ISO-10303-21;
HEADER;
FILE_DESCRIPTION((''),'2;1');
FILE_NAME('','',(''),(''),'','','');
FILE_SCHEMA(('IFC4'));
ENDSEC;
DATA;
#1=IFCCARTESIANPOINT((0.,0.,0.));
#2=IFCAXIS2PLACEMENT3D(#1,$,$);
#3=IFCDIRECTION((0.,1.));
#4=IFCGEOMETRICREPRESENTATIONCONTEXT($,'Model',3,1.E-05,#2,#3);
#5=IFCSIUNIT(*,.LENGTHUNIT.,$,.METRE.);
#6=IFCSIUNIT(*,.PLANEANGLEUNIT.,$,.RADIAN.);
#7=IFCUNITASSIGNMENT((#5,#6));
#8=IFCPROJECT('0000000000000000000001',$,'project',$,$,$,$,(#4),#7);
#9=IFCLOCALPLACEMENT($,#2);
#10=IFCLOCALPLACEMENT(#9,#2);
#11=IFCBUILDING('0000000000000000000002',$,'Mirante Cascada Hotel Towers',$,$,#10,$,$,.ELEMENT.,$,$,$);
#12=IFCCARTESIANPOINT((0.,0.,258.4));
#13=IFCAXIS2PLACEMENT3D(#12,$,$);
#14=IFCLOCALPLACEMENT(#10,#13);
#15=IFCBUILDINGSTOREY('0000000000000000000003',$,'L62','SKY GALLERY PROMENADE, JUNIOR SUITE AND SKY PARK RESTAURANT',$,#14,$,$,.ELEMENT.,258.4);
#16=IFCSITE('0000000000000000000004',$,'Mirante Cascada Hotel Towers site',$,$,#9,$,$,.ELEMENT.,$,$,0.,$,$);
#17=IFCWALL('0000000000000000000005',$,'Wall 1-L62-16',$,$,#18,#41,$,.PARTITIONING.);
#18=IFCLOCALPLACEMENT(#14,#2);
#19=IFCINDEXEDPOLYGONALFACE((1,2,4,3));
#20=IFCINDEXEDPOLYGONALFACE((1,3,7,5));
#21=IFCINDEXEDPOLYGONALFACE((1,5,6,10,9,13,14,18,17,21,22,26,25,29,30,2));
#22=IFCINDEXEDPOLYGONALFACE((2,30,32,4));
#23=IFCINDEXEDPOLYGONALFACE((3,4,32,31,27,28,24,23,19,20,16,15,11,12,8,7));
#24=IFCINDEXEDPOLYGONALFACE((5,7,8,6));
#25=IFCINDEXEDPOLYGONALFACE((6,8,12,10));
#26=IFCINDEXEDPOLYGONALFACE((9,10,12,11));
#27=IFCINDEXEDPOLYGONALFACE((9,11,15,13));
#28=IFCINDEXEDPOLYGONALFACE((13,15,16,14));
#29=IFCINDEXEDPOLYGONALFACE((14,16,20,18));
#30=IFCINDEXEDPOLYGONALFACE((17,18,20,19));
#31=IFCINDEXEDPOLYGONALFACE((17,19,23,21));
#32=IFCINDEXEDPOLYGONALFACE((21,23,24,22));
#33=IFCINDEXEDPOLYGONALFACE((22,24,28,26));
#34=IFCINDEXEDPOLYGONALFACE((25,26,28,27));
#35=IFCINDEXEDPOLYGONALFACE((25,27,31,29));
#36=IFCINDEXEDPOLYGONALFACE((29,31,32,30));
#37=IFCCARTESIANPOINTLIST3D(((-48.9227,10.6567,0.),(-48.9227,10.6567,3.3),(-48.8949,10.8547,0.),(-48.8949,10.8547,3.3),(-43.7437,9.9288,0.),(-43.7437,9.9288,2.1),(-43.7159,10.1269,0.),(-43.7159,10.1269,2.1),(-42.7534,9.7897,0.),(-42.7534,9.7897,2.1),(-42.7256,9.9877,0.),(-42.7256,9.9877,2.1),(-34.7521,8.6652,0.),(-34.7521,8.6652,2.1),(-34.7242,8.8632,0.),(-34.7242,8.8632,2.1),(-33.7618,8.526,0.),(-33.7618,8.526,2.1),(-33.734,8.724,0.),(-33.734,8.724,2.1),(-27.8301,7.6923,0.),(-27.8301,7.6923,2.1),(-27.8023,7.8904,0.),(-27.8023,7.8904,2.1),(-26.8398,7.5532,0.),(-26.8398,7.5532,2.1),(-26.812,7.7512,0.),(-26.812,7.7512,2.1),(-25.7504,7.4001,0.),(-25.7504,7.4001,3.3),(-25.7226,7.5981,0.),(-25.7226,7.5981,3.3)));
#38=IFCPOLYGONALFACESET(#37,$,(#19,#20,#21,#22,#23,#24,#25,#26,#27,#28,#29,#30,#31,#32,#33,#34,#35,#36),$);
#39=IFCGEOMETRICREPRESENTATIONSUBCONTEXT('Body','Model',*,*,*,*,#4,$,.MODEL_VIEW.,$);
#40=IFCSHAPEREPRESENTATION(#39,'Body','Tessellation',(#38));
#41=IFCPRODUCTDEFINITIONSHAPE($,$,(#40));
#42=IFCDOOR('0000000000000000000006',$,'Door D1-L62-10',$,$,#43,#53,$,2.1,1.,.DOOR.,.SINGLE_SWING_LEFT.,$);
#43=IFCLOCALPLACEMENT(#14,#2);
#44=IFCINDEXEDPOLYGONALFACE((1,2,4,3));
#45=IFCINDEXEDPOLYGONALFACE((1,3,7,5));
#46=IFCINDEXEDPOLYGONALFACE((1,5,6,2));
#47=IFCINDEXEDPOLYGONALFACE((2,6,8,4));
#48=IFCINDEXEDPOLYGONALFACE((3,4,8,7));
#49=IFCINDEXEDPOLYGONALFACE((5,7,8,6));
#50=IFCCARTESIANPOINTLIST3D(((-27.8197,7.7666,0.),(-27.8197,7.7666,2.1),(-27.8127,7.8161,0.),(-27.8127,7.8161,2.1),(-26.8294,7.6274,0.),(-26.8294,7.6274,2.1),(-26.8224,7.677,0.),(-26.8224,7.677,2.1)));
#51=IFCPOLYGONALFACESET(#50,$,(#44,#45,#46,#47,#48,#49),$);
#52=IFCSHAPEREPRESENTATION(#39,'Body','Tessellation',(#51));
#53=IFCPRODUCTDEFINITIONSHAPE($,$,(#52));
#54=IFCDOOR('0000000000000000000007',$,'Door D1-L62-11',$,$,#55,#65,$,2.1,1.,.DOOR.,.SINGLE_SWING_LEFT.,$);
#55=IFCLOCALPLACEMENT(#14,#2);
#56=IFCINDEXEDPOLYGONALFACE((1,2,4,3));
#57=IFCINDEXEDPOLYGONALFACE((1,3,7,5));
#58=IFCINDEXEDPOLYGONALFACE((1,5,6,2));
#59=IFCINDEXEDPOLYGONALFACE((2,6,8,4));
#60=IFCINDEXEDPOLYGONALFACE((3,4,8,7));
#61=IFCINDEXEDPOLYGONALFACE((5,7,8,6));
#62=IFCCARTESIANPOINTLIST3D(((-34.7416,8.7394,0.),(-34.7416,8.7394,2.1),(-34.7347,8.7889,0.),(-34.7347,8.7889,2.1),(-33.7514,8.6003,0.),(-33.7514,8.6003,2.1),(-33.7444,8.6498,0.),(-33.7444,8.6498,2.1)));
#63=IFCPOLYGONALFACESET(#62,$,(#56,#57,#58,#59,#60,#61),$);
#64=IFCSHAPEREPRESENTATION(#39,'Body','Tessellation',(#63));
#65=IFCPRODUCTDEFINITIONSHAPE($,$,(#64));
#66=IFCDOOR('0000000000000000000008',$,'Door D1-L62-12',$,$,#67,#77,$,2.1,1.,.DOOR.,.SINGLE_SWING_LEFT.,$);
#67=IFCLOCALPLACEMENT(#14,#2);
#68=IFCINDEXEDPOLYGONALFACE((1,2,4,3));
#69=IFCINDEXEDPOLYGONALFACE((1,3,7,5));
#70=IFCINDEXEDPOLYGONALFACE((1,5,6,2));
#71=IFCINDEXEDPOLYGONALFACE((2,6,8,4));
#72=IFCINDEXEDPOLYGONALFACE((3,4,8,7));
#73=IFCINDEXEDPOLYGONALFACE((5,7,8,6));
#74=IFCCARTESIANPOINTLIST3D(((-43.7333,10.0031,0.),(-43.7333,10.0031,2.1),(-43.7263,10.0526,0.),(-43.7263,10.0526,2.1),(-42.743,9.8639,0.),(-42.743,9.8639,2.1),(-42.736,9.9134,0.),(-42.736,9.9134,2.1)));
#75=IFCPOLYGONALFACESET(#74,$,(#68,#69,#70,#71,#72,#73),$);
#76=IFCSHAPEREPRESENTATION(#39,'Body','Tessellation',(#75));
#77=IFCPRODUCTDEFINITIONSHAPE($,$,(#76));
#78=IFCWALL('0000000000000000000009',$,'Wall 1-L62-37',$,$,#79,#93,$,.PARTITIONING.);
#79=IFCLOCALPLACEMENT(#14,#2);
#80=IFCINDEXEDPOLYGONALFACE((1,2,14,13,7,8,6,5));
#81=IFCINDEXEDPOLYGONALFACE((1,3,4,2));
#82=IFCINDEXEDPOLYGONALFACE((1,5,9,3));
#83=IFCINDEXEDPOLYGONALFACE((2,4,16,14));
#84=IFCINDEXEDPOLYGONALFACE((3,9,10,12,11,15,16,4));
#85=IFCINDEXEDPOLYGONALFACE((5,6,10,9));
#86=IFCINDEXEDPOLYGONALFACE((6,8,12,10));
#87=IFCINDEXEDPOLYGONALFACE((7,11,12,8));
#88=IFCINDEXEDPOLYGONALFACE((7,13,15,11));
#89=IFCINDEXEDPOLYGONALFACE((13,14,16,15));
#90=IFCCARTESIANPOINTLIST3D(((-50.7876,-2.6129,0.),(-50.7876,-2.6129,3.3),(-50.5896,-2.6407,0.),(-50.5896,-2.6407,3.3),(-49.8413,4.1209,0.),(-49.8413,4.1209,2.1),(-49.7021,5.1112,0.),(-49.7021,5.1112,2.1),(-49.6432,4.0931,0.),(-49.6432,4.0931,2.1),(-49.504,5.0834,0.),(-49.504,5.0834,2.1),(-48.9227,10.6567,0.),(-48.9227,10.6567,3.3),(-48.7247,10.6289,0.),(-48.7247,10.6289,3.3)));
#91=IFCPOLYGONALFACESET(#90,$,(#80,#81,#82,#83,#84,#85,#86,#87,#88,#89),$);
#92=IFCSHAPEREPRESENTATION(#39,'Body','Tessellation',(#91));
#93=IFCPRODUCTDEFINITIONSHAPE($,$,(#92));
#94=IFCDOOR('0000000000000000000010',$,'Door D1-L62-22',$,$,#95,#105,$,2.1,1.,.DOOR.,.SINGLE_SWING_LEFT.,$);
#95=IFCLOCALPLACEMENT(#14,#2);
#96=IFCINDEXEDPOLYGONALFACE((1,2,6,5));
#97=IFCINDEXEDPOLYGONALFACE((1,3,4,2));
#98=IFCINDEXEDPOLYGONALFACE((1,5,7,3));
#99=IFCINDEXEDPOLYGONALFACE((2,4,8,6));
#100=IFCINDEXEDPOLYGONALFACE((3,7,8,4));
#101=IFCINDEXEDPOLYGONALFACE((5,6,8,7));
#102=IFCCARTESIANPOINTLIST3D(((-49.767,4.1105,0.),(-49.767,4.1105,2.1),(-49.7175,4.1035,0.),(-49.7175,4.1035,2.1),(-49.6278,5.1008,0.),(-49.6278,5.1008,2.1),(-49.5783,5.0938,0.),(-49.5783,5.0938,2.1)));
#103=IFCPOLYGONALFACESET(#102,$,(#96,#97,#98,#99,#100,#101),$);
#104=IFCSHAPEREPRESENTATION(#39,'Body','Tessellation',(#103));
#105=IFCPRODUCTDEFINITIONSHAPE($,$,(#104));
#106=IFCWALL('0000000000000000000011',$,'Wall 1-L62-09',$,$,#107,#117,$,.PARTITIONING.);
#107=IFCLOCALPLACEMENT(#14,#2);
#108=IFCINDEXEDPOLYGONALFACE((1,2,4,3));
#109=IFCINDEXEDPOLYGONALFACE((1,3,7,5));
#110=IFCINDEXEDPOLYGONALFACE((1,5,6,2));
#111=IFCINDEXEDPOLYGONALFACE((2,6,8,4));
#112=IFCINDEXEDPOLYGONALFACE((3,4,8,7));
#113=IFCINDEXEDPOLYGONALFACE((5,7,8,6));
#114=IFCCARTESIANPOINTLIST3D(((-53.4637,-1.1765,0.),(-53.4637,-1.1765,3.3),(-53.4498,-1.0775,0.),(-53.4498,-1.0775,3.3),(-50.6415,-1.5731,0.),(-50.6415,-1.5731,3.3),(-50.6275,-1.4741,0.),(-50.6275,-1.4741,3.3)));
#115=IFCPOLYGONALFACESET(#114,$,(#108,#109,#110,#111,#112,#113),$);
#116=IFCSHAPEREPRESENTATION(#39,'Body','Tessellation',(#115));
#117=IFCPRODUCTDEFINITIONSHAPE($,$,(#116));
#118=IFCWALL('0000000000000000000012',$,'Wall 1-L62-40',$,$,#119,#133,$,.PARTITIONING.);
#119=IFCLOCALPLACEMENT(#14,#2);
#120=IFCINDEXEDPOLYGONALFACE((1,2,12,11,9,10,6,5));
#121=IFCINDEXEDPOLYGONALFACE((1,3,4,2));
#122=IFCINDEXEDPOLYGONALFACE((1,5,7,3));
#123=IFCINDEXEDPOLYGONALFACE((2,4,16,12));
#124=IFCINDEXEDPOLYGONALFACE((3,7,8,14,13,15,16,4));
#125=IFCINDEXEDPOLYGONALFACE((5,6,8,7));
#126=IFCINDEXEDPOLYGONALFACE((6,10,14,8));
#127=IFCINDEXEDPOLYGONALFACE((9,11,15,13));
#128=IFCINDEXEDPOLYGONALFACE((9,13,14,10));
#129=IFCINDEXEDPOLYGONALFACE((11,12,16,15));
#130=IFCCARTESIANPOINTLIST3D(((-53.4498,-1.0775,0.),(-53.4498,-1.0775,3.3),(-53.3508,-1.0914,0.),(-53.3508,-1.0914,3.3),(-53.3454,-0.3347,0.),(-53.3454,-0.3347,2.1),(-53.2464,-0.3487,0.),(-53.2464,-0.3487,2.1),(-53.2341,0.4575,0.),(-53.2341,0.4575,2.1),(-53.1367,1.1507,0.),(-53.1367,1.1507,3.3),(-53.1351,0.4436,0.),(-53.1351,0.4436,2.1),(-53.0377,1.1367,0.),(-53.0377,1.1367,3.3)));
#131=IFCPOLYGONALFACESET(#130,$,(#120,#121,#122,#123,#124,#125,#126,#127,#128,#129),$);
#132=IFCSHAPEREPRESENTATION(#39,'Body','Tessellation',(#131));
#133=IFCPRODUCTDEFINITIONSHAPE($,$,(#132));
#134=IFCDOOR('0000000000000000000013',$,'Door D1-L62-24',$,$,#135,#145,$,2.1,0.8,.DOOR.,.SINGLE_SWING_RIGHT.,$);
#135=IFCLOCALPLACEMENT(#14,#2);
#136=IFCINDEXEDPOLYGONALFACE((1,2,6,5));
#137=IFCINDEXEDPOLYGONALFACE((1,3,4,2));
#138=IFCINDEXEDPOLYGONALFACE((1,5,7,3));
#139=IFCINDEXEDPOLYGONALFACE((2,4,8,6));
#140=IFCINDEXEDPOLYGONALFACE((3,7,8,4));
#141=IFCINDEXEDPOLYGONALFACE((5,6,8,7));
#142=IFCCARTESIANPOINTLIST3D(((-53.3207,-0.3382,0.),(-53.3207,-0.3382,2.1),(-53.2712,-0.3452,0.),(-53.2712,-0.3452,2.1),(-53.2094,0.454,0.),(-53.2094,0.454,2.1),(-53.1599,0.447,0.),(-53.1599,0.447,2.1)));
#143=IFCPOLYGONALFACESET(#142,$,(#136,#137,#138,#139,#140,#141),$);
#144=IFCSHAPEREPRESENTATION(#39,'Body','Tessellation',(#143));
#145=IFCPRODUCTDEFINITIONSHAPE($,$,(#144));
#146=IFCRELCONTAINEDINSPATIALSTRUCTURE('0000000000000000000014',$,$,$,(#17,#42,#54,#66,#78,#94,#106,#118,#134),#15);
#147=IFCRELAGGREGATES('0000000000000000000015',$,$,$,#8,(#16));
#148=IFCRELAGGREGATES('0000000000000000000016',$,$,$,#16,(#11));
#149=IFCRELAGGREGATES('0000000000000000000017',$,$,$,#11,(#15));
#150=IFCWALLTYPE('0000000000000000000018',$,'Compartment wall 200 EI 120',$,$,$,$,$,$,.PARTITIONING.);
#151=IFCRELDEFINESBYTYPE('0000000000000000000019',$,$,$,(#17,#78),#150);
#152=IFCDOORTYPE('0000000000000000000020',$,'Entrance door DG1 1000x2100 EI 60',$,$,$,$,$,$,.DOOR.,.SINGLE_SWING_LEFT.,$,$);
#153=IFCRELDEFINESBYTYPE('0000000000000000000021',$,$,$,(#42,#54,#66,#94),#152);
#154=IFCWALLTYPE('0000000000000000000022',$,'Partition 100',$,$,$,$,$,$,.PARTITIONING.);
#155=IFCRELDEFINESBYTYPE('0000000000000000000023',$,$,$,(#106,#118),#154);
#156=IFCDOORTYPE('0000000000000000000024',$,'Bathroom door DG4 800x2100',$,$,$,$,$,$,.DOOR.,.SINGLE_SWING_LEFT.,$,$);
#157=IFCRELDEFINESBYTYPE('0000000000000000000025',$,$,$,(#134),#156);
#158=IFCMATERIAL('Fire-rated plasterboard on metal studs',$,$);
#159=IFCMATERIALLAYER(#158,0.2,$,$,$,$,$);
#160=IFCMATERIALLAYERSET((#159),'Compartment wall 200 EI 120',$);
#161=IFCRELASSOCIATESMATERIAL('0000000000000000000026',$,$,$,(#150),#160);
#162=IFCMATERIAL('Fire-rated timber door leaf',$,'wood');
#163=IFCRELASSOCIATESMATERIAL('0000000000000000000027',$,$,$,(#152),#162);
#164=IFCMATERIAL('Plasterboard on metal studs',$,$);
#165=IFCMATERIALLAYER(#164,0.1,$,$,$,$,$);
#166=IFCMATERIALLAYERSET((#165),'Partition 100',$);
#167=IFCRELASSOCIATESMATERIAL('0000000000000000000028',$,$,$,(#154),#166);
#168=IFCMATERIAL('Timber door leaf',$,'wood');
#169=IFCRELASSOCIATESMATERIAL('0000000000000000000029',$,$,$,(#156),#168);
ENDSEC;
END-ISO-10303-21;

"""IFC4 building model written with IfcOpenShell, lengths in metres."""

from ifc_helpers import new_model, si_unit, direction, frame, frame_2d, origin, place, context, subcontext, project, spatial, rectangle, extrude, material, layer, layer_set, type_object, element, fill, save


model = new_model("IFC4")

# Units and contexts
model_context = context("Model", 3, precision=1e-05, world=origin(), true_north=direction((0.0, 1.0)))
body_context = subcontext(model_context, "Body", "Model", "MODEL_VIEW")
ifc_project = project(units=[si_unit("LENGTHUNIT", "METRE"), si_unit("PLANEANGLEUNIT", "RADIAN")], contexts=[model_context])

# Site, building, storey
site_placement = place(None, origin())
site = spatial("IfcSite", under=ifc_project, at=site_placement, Name="Mirante Cascada Hotel Towers site", CompositionType="ELEMENT", RefElevation=0.0)
building_placement = place(site_placement, origin())
building = spatial("IfcBuilding", under=site, at=building_placement, Name="Mirante Cascada Hotel Towers", CompositionType="ELEMENT")
storey_placement = place(building_placement, frame((0.0, 0.0, 258.4)))
storey = spatial("IfcBuildingStorey", under=building, at=storey_placement, Name="L62", Description="SKY GALLERY PROMENADE, JUNIOR SUITE AND SKY PARK RESTAURANT", CompositionType="ELEMENT", Elevation=258.4)

# Shared definitions
ifc_material_1 = material(Name="Fire-rated plasterboard on metal studs")
ifc_layer_1 = layer(ifc_material_1, 0.2)
ifc_layer_set_1 = layer_set([ifc_layer_1], Name="Compartment wall 200 EI 120")
wall_type_1 = type_object("IfcWallType", Name="Compartment wall 200 EI 120", PredefinedType="PARTITIONING", material=ifc_layer_set_1)

# Wall, openings, doors
wall_1_placement = place(storey_placement, frame((-48.9088, 10.7557, 0.0), z_axis=(0.0, 0.0, 1.0), x_axis=(0.990268, -0.139171, 0.0)))
wall_1 = element("IfcWall", 1, at=wall_1_placement, inside=storey, type_object=wall_type_1, Name="Wall 1-L62-16", PredefinedType="PARTITIONING", context=body_context, shape_type="SweptSolid", body=[
    extrude(rectangle(XDim=23.4, YDim=0.2, at=frame_2d((11.7, 0.0))), origin(), (0.0, 0.0, 1.0), 3.3),
])
opening_1_placement = place(wall_1_placement, frame((21.2999, 0.0, 0.0)))
opening_1 = element("IfcOpeningElement", 2, at=opening_1_placement, cuts=wall_1, PredefinedType="OPENING", context=body_context, shape_type="SweptSolid", body=[
    extrude(rectangle(XDim=1.0, YDim=2.1, at=frame_2d((0.5, 1.05))), frame((0.0, 0.1, 0.0), z_axis=(0.0, -1.0, 0.0), x_axis=(1.0, 0.0, 0.0)), (0.0, 0.0, 1.0), 0.2),
])
opening_2_placement = place(wall_1_placement, frame((14.3099, 0.0, 0.0)))
opening_2 = element("IfcOpeningElement", 3, at=opening_2_placement, cuts=wall_1, PredefinedType="OPENING", context=body_context, shape_type="SweptSolid", body=[
    extrude(rectangle(XDim=1.0, YDim=2.1, at=frame_2d((0.5, 1.05))), frame((0.0, 0.1, 0.0), z_axis=(0.0, -1.0, 0.0), x_axis=(1.0, 0.0, 0.0)), (0.0, 0.0, 1.0), 0.2),
])
opening_3_placement = place(wall_1_placement, frame((5.2299, 0.0, 0.0)))
opening_3 = element("IfcOpeningElement", 4, at=opening_3_placement, cuts=wall_1, PredefinedType="OPENING", context=body_context, shape_type="SweptSolid", body=[
    extrude(rectangle(XDim=1.0, YDim=2.1, at=frame_2d((0.5, 1.05))), frame((0.0, 0.1, 0.0), z_axis=(0.0, -1.0, 0.0), x_axis=(1.0, 0.0, 0.0)), (0.0, 0.0, 1.0), 0.2),
])
ifc_material_2 = material(Name="Fire-rated timber door leaf", Category="wood")
door_type_1 = type_object("IfcDoorType", Name="Entrance door DG1 1000x2100 EI 60", OperationType="SINGLE_SWING_LEFT", PredefinedType="DOOR", material=ifc_material_2)
door_1_placement = place(opening_1_placement, origin())
door_1 = element("IfcDoor", 5, at=door_1_placement, inside=storey, type_object=door_type_1, Name="Door D1-L62-10", OperationType="SINGLE_SWING_LEFT", OverallHeight=2.1, OverallWidth=1.0, PredefinedType="DOOR", context=body_context, shape_type="SweptSolid", body=[
    extrude(rectangle(XDim=1.0, YDim=2.1, at=frame_2d((0.5, 1.05))), frame((0.0, 0.025, 0.0), z_axis=(0.0, -1.0, 0.0), x_axis=(1.0, 0.0, 0.0)), (0.0, 0.0, 1.0), 0.05),
])
fill(opening_1, door_1)
door_2_placement = place(opening_2_placement, origin())
door_2 = element("IfcDoor", 6, at=door_2_placement, inside=storey, type_object=door_type_1, Name="Door D1-L62-11", OperationType="SINGLE_SWING_LEFT", OverallHeight=2.1, OverallWidth=1.0, PredefinedType="DOOR", context=body_context, shape_type="SweptSolid", body=[
    extrude(rectangle(XDim=1.0, YDim=2.1, at=frame_2d((0.5, 1.05))), frame((0.0, 0.025, 0.0), z_axis=(0.0, -1.0, 0.0), x_axis=(1.0, 0.0, 0.0)), (0.0, 0.0, 1.0), 0.05),
])
fill(opening_2, door_2)
door_3_placement = place(opening_3_placement, origin())
door_3 = element("IfcDoor", 7, at=door_3_placement, inside=storey, type_object=door_type_1, Name="Door D1-L62-12", OperationType="SINGLE_SWING_LEFT", OverallHeight=2.1, OverallWidth=1.0, PredefinedType="DOOR", context=body_context, shape_type="SweptSolid", body=[
    extrude(rectangle(XDim=1.0, YDim=2.1, at=frame_2d((0.5, 1.05))), frame((0.0, 0.025, 0.0), z_axis=(0.0, -1.0, 0.0), x_axis=(1.0, 0.0, 0.0)), (0.0, 0.0, 1.0), 0.05),
])
fill(opening_3, door_3)

# Wall, opening, door
wall_2_placement = place(storey_placement, frame((-50.6886, -2.6268, 0.0), z_axis=(0.0, 0.0, 1.0), x_axis=(0.139172, 0.990268, 0.0)))
wall_2 = element("IfcWall", 8, at=wall_2_placement, inside=storey, type_object=wall_type_1, Name="Wall 1-L62-37", PredefinedType="PARTITIONING", context=body_context, shape_type="SweptSolid", body=[
    extrude(rectangle(XDim=13.4, YDim=0.2, at=frame_2d((6.7, 0.0))), origin(), (0.0, 0.0, 1.0), 3.3),
])
opening_4_placement = place(wall_2_placement, frame((6.8, 0.0, 0.0)))
opening_4 = element("IfcOpeningElement", 9, at=opening_4_placement, cuts=wall_2, PredefinedType="OPENING", context=body_context, shape_type="SweptSolid", body=[
    extrude(rectangle(XDim=1.0, YDim=2.1, at=frame_2d((0.5, 1.05))), frame((0.0, 0.1, 0.0), z_axis=(0.0, -1.0, 0.0), x_axis=(1.0, 0.0, 0.0)), (0.0, 0.0, 1.0), 0.2),
])
door_4_placement = place(opening_4_placement, origin())
door_4 = element("IfcDoor", 10, at=door_4_placement, inside=storey, type_object=door_type_1, Name="Door D1-L62-22", OperationType="SINGLE_SWING_LEFT", OverallHeight=2.1, OverallWidth=1.0, PredefinedType="DOOR", context=body_context, shape_type="SweptSolid", body=[
    extrude(rectangle(XDim=1.0, YDim=2.1, at=frame_2d((0.5, 1.05))), frame((0.0, 0.025, 0.0), z_axis=(0.0, -1.0, 0.0), x_axis=(1.0, 0.0, 0.0)), (0.0, 0.0, 1.0), 0.05),
])
fill(opening_4, door_4)

# Wall
ifc_material_3 = material(Name="Plasterboard on metal studs")
ifc_layer_2 = layer(ifc_material_3, 0.1)
ifc_layer_set_2 = layer_set([ifc_layer_2], Name="Partition 100")
wall_type_2 = type_object("IfcWallType", Name="Partition 100", PredefinedType="PARTITIONING", material=ifc_layer_set_2)
wall_3_placement = place(storey_placement, frame((-50.6345, -1.5236, 0.0), z_axis=(0.0, 0.0, 1.0), x_axis=(-0.99027, 0.139156, 0.0)))
element("IfcWall", 11, at=wall_3_placement, inside=storey, type_object=wall_type_2, Name="Wall 1-L62-09", PredefinedType="PARTITIONING", context=body_context, shape_type="SweptSolid", body=[
    extrude(rectangle(XDim=2.85, YDim=0.1, at=frame_2d((1.425, 0.0))), origin(), (0.0, 0.0, 1.0), 3.3),
])

# Wall, opening, door
wall_4_placement = place(storey_placement, frame((-53.0872, 1.1437, 0.0), z_axis=(0.0, 0.0, 1.0), x_axis=(-0.139156, -0.990271, 0.0)))
wall_4 = element("IfcWall", 12, at=wall_4_placement, inside=storey, type_object=wall_type_2, Name="Wall 1-L62-40", PredefinedType="PARTITIONING", context=body_context, shape_type="SweptSolid", body=[
    extrude(rectangle(XDim=2.25, YDim=0.1, at=frame_2d((1.125, 0.0))), origin(), (0.0, 0.0, 1.0), 3.3),
])
opening_5_placement = place(wall_4_placement, frame((0.7, 0.0, 0.0)))
opening_5 = element("IfcOpeningElement", 13, at=opening_5_placement, cuts=wall_4, PredefinedType="OPENING", context=body_context, shape_type="SweptSolid", body=[
    extrude(rectangle(XDim=0.8, YDim=2.1, at=frame_2d((0.4, 1.05))), frame((0.0, 0.05, 0.0), z_axis=(0.0, -1.0, 0.0), x_axis=(1.0, 0.0, 0.0)), (0.0, 0.0, 1.0), 0.1),
])
ifc_material_4 = material(Name="Timber door leaf", Category="wood")
door_type_2 = type_object("IfcDoorType", Name="Bathroom door DG4 800x2100", OperationType="SINGLE_SWING_LEFT", PredefinedType="DOOR", material=ifc_material_4)
door_5_placement = place(opening_5_placement, frame((0.8, 0.0, 0.0), z_axis=(0.0, 0.0, 1.0), x_axis=(-1.0, 0.0, 0.0)))
door_5 = element("IfcDoor", 14, at=door_5_placement, inside=storey, type_object=door_type_2, Name="Door D1-L62-24", OperationType="SINGLE_SWING_RIGHT", OverallHeight=2.1, OverallWidth=0.8, PredefinedType="DOOR", context=body_context, shape_type="SweptSolid", body=[
    extrude(rectangle(XDim=0.8, YDim=2.1, at=frame_2d((0.4, 1.05))), frame((0.0, 0.025, 0.0), z_axis=(0.0, -1.0, 0.0), x_axis=(1.0, 0.0, 0.0)), (0.0, 0.0, 1.0), 0.05),
])
fill(opening_5, door_5)

save(model, "model.ifc")
